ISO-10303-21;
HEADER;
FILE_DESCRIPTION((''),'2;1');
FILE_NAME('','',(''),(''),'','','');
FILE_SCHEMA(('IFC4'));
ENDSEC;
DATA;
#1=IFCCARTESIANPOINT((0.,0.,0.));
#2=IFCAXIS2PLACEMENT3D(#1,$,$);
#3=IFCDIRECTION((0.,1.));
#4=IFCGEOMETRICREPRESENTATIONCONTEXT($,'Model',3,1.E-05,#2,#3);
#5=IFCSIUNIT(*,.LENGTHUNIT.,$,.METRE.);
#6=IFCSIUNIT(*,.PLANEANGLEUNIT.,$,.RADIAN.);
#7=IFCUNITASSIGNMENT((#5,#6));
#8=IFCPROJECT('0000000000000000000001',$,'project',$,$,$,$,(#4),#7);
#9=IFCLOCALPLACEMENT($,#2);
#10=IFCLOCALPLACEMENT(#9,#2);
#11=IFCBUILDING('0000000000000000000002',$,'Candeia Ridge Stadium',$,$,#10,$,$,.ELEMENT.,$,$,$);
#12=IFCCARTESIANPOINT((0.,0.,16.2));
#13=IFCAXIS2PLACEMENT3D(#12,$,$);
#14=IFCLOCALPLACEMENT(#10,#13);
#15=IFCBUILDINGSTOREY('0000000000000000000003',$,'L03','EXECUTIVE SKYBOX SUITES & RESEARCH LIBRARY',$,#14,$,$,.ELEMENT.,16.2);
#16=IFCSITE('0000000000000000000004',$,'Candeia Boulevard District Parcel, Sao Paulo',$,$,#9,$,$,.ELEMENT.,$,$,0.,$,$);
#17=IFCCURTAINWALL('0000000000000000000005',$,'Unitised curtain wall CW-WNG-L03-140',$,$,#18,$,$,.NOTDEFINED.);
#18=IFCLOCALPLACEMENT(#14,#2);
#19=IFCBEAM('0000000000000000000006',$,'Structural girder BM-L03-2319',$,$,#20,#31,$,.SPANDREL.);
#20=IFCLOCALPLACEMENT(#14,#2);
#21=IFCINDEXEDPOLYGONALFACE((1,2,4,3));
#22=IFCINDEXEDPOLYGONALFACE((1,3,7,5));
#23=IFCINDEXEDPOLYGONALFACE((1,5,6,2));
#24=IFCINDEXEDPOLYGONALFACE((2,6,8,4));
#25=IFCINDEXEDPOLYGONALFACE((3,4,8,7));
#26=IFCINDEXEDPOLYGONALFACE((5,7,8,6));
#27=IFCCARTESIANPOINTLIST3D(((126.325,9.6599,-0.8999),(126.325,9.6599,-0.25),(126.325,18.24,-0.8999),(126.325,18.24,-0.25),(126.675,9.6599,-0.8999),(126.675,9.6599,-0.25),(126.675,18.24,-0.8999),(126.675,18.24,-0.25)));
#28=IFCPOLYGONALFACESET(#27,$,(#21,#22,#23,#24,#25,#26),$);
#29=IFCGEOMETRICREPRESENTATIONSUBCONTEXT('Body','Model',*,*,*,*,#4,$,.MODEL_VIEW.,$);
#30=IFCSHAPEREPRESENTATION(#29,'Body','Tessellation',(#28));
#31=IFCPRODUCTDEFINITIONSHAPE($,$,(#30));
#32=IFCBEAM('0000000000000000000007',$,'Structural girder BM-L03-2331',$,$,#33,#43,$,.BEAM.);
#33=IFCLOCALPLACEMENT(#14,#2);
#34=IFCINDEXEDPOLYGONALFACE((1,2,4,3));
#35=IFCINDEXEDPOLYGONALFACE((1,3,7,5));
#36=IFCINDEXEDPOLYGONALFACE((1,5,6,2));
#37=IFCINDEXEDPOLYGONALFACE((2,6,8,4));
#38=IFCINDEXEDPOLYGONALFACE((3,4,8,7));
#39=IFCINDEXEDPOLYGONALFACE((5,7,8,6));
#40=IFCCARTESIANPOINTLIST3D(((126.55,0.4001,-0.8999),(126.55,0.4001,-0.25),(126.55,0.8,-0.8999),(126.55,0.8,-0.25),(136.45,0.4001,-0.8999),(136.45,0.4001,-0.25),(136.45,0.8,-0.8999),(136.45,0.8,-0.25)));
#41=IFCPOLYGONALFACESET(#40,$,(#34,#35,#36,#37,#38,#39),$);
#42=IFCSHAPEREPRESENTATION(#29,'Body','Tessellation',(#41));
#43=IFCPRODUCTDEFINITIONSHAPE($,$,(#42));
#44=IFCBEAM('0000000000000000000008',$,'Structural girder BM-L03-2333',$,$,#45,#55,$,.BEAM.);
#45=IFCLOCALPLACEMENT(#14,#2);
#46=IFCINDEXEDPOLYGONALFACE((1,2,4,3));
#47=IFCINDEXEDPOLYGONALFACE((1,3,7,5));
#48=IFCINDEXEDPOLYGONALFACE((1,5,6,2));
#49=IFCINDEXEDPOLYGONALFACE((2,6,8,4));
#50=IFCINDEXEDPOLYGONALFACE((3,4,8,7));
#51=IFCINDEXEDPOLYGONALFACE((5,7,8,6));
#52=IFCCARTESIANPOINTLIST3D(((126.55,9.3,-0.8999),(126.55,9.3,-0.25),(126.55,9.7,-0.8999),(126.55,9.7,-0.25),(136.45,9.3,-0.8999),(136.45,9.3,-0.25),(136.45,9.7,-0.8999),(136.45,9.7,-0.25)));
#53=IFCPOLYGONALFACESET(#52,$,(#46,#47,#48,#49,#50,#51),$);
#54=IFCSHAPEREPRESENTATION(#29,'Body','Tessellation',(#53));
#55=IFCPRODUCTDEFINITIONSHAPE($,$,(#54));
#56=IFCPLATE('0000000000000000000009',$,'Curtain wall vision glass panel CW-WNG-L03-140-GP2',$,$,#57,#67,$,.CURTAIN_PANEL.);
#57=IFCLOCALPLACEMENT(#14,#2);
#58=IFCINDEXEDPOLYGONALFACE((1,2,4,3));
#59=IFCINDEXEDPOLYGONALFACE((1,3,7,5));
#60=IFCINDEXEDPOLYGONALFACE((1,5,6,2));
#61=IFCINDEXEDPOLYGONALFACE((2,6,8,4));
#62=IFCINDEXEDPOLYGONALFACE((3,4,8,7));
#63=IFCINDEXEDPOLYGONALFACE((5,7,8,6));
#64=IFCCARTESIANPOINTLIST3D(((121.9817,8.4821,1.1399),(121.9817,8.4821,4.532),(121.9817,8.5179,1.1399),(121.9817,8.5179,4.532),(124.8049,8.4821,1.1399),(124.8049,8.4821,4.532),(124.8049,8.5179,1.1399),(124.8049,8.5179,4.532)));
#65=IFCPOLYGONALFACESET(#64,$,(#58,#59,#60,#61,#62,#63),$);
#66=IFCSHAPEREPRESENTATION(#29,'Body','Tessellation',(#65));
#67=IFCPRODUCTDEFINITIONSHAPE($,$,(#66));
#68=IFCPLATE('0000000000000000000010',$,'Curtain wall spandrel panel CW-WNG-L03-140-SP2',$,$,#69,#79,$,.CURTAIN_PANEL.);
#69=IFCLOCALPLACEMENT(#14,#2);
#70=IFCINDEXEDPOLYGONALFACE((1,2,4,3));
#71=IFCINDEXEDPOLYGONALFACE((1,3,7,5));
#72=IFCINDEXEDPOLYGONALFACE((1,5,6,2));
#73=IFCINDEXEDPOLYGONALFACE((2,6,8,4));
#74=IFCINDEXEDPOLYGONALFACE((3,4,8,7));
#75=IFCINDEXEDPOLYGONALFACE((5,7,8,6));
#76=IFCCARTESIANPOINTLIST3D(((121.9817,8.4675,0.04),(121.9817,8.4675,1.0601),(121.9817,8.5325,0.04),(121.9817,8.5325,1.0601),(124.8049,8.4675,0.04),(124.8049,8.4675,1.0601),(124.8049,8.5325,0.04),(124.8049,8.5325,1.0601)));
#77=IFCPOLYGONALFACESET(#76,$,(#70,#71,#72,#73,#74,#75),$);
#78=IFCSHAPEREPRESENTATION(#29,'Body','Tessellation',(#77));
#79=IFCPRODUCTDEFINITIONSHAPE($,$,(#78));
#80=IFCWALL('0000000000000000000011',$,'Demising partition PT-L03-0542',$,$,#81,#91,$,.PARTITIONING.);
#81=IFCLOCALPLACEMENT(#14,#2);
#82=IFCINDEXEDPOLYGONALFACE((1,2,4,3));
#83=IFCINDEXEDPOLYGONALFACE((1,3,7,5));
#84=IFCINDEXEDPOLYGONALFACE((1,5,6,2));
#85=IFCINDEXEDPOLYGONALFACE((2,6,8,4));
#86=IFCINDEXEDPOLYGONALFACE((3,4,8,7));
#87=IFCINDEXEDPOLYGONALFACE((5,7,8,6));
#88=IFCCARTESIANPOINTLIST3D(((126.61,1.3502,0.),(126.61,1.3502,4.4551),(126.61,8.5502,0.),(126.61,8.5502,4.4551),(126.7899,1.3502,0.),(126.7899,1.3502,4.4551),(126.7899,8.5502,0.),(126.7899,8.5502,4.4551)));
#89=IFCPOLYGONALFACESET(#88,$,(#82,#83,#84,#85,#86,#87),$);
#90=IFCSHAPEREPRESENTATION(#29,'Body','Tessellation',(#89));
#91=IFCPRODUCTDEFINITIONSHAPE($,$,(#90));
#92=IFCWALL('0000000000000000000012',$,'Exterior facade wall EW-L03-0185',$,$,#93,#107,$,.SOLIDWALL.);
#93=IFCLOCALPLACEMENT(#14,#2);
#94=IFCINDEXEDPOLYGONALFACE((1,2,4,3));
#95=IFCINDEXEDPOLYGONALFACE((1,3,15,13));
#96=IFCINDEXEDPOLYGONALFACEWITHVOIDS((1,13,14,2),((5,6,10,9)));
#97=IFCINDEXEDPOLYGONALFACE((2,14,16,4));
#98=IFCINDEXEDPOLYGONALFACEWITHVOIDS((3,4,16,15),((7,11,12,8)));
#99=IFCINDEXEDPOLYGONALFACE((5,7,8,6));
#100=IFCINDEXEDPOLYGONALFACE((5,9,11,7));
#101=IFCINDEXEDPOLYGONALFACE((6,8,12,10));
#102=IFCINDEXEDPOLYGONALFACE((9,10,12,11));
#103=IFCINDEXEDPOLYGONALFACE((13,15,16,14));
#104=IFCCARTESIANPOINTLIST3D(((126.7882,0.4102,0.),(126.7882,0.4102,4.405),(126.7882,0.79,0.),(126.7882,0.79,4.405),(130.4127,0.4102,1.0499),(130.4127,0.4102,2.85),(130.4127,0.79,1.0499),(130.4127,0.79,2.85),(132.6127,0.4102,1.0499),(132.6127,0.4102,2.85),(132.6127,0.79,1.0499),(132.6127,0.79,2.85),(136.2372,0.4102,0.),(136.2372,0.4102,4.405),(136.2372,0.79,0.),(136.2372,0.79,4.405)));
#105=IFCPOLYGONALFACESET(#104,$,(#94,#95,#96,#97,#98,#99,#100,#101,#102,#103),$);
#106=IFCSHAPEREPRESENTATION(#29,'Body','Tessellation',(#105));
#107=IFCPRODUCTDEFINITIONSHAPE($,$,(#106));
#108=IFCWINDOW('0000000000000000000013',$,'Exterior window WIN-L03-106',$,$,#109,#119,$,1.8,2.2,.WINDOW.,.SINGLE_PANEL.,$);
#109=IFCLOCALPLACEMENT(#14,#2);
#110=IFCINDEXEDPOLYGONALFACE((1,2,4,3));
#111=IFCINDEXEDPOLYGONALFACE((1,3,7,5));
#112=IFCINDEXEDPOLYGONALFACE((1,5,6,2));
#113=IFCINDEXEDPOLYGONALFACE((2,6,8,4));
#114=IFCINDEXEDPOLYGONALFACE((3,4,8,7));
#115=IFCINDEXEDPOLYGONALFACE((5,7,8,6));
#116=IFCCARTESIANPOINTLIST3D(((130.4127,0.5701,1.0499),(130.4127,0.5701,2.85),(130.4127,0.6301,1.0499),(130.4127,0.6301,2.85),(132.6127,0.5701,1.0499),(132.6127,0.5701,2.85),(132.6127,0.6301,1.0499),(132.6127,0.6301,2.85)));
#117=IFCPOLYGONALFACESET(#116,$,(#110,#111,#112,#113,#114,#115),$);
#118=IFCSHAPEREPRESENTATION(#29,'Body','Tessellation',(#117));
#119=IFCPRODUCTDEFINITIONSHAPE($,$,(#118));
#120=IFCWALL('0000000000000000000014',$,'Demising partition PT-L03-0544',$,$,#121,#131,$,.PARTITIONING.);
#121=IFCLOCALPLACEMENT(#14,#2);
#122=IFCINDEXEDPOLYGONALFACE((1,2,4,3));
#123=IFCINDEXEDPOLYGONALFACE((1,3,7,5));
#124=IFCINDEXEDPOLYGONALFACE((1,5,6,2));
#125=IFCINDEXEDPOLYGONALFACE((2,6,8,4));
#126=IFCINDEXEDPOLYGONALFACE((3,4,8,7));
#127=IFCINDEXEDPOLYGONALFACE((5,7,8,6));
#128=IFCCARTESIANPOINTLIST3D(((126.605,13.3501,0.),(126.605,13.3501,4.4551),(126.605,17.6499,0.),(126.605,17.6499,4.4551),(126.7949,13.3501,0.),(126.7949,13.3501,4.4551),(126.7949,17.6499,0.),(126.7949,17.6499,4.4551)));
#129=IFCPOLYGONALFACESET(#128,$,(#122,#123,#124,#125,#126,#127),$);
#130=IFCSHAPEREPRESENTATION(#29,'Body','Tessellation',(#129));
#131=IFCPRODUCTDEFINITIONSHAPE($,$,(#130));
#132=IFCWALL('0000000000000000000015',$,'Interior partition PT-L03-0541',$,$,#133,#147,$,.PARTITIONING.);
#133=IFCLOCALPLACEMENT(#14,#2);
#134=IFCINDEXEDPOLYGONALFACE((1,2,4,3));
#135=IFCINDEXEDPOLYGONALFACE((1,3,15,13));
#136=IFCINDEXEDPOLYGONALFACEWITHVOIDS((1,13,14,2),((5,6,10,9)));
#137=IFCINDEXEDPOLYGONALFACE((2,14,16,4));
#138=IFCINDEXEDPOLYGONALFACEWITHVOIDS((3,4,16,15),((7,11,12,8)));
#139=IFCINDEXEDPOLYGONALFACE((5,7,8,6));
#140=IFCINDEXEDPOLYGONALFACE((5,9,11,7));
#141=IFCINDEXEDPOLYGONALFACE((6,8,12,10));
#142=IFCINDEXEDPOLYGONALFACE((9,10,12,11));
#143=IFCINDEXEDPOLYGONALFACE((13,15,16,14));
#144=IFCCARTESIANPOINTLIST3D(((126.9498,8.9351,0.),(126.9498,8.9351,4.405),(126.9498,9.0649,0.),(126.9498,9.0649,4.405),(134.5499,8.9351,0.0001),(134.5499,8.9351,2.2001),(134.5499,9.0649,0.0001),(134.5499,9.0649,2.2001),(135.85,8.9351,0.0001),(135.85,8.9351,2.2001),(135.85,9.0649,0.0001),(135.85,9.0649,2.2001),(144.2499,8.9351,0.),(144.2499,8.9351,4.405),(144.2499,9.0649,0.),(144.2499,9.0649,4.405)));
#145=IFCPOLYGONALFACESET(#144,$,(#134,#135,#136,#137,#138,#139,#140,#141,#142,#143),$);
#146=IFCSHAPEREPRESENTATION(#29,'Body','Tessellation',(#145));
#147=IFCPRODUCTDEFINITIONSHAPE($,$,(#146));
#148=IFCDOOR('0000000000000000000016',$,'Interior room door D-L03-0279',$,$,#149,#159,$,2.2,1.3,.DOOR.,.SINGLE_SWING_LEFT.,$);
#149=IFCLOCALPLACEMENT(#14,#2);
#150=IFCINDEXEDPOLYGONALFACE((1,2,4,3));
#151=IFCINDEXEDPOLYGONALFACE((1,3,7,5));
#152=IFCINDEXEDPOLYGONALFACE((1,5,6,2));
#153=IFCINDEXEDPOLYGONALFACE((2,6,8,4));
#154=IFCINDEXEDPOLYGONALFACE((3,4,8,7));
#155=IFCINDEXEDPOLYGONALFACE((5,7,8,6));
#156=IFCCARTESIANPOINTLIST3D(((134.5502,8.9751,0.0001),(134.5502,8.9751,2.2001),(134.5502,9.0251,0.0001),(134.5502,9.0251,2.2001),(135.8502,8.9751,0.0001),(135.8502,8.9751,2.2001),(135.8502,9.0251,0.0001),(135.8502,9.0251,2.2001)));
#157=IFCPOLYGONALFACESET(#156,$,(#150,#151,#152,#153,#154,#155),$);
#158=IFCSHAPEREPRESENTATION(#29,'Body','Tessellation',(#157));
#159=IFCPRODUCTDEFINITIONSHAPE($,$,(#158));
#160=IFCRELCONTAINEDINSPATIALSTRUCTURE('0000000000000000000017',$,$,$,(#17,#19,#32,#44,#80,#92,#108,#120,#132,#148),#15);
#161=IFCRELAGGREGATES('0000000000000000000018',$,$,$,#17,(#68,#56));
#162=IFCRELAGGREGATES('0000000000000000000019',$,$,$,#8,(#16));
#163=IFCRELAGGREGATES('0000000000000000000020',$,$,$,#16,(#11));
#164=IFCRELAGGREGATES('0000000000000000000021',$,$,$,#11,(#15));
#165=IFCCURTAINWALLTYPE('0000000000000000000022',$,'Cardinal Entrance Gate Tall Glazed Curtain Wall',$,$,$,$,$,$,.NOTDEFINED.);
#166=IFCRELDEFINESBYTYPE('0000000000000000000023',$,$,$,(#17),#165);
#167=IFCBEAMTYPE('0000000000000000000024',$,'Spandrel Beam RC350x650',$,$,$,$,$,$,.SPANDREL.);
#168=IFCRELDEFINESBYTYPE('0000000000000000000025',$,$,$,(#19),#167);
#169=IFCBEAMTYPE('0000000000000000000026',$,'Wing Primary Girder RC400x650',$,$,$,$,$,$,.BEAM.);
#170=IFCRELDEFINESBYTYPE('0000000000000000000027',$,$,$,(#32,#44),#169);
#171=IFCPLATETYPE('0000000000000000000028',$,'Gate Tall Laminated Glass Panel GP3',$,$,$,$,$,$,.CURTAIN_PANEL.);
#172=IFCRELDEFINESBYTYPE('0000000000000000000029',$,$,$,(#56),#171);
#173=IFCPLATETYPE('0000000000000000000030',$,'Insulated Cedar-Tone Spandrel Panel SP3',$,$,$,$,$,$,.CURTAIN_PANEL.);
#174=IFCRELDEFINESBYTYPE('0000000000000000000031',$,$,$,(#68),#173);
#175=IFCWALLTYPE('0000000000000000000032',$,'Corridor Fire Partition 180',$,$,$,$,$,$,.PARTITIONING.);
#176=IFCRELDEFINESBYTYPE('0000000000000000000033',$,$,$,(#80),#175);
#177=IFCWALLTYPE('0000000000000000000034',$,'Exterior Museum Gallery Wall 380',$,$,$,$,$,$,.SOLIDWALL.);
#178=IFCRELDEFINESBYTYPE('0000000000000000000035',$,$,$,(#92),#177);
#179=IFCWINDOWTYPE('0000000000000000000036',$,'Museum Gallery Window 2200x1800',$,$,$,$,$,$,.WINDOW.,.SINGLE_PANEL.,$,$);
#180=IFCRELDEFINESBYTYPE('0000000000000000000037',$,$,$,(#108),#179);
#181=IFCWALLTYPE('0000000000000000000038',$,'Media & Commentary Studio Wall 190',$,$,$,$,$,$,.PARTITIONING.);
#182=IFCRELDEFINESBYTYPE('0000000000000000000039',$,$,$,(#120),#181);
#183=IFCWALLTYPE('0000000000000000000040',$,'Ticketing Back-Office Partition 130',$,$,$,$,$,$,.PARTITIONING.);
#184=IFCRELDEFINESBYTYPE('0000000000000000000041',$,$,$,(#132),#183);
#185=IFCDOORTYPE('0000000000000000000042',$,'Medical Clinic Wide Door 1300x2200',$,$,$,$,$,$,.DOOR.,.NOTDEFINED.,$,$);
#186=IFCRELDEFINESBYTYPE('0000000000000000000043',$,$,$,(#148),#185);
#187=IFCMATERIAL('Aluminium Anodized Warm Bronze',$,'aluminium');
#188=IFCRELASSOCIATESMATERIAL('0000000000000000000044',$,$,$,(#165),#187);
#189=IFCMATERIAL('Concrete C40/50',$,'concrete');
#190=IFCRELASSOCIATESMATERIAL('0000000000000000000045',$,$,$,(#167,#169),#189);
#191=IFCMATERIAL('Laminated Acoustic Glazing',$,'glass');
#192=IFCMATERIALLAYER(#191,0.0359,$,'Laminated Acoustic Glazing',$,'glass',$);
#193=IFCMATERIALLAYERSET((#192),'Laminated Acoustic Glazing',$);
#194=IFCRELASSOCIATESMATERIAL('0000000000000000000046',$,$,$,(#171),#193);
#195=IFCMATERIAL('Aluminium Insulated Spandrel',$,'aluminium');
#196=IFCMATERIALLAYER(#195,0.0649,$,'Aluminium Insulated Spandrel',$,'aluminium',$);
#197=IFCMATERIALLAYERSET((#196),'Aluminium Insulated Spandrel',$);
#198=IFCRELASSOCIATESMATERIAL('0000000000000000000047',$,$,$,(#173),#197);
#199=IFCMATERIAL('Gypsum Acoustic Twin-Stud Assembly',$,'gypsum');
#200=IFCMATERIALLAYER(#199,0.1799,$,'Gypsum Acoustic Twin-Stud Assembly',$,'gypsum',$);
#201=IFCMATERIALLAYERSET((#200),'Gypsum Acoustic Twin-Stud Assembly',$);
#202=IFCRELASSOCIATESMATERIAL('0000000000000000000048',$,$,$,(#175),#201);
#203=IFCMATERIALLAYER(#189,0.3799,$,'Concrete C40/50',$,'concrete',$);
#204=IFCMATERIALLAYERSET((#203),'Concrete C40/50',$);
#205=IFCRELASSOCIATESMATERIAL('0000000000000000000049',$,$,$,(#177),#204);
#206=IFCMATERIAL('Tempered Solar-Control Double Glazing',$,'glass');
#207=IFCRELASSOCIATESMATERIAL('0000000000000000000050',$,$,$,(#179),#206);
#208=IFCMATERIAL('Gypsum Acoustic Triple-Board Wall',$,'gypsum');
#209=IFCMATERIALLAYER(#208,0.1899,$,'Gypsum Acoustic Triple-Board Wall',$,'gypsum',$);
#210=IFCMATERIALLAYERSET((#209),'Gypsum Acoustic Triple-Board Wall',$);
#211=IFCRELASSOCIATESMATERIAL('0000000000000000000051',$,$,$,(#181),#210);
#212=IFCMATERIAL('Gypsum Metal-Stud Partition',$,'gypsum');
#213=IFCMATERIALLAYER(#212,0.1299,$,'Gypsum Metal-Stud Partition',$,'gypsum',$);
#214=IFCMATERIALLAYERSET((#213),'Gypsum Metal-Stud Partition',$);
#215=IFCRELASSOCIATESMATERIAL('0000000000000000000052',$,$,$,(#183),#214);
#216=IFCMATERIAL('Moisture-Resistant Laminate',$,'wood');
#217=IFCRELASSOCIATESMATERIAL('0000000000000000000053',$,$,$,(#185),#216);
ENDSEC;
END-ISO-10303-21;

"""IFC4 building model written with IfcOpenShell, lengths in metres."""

from ifc_helpers import new_model, si_unit, direction, frame, frame_2d, origin, origin_2d, place, context, subcontext, project, spatial, rectangle, extrude, material, layer, layer_set, material_profile, profile_set, type_object, element, fill, aggregate, save


model = new_model("IFC4")

# Units and contexts
model_context = context("Model", 3, precision=1e-05, world=origin(), true_north=direction((0.0, 1.0)))
body_context = subcontext(model_context, "Body", "Model", "MODEL_VIEW")
ifc_project = project(units=[si_unit("LENGTHUNIT", "METRE"), si_unit("PLANEANGLEUNIT", "RADIAN")], contexts=[model_context])

# Site, building, storey
site_placement = place(None, origin())
site = spatial("IfcSite", under=ifc_project, at=site_placement, Name="Candeia Boulevard District Parcel, Sao Paulo", CompositionType="ELEMENT", RefElevation=0.0)
building_placement = place(site_placement, origin())
building = spatial("IfcBuilding", under=site, at=building_placement, Name="Candeia Ridge Stadium", CompositionType="ELEMENT")
storey_placement = place(building_placement, frame((0.0, 0.0, 16.2)))
storey = spatial("IfcBuildingStorey", under=building, at=storey_placement, Name="L03", Description="EXECUTIVE SKYBOX SUITES & RESEARCH LIBRARY", CompositionType="ELEMENT", Elevation=16.2)

# Shared definitions
ifc_material_1 = material(Name="Concrete C40/50", Category="concrete")

# Curtain wall
ifc_material_2 = material(Name="Aluminium Anodized Warm Bronze", Category="aluminium")
curtain_wall_type = type_object("IfcCurtainWallType", Name="Cardinal Entrance Gate Tall Glazed Curtain Wall", PredefinedType="NOTDEFINED", material=ifc_material_2)
curtain_wall_placement = place(storey_placement, origin())
curtain_wall = element("IfcCurtainWall", 1, at=curtain_wall_placement, inside=storey, type_object=curtain_wall_type, Name="Unitised curtain wall CW-WNG-L03-140", PredefinedType="NOTDEFINED")

# Beams
ifc_material_profile_1 = material_profile(ifc_material_1, rectangle(XDim=0.3501, YDim=0.6499, at=origin_2d()), Name="RC350x650", Category="concrete")
ifc_profile_set_1 = profile_set([ifc_material_profile_1], Name="Concrete C40/50")
beam_type_1 = type_object("IfcBeamType", Name="Spandrel Beam RC350x650", PredefinedType="SPANDREL", material=ifc_profile_set_1)
for number, where, z_axis, x_axis, name in (
    (2, (126.5, 9.6599, -0.575), (0.0, 1.0, 0.0), (-1.0, 0.0, 0.0), "Structural girder BM-L03-2319"),
):
    element("IfcBeam", number, at=place(storey_placement, frame(where, z_axis=z_axis, x_axis=x_axis)), inside=storey, type_object=beam_type_1, Name=name, PredefinedType="SPANDREL", context=body_context, shape_type="SweptSolid", body=[
        extrude(rectangle(XDim=0.3501, YDim=0.6499, at=origin_2d()), origin(), (0.0, 0.0, 1.0), 8.5801),
    ])
ifc_material_profile_2 = material_profile(ifc_material_1, rectangle(XDim=0.3999, YDim=0.6499, at=origin_2d()), Name="RC400x650", Category="concrete")
ifc_profile_set_2 = profile_set([ifc_material_profile_2], Name="Concrete C40/50")
beam_type_2 = type_object("IfcBeamType", Name="Wing Primary Girder RC400x650", PredefinedType="BEAM", material=ifc_profile_set_2)
for number, where, z_axis, x_axis, name in (
    (3, (126.55, 0.6001, -0.575), (1.0, 0.0, 0.0), (0.0, 1.0, 0.0), "Structural girder BM-L03-2331"),
    (4, (126.55, 9.5, -0.575), (1.0, 0.0, 0.0), (0.0, 1.0, 0.0), "Structural girder BM-L03-2333"),
):
    element("IfcBeam", number, at=place(storey_placement, frame(where, z_axis=z_axis, x_axis=x_axis)), inside=storey, type_object=beam_type_2, Name=name, PredefinedType="BEAM", context=body_context, shape_type="SweptSolid", body=[
        extrude(rectangle(XDim=0.3999, YDim=0.6499, at=origin_2d()), origin(), (0.0, 0.0, 1.0), 9.8999),
    ])

# Plates
ifc_material_3 = material(Name="Laminated Acoustic Glazing", Category="glass")
ifc_layer_1 = layer(ifc_material_3, 0.0359, Name="Laminated Acoustic Glazing", Category="glass")
ifc_layer_set_1 = layer_set([ifc_layer_1], Name="Laminated Acoustic Glazing")
plate_type_1 = type_object("IfcPlateType", Name="Gate Tall Laminated Glass Panel GP3", PredefinedType="CURTAIN_PANEL", material=ifc_layer_set_1)
plate_1_placement = place(storey_placement, frame((123.3933, 8.5, 1.1399), z_axis=(0.0, 0.0, 1.0), x_axis=(1.0, 0.0, 0.0)))
plate_1 = element("IfcPlate", 5, at=plate_1_placement, type_object=plate_type_1, Name="Curtain wall vision glass panel CW-WNG-L03-140-GP2", PredefinedType="CURTAIN_PANEL", context=body_context, shape_type="SweptSolid", body=[
    extrude(rectangle(XDim=2.8232, YDim=0.0359, at=origin_2d()), origin(), (0.0, 0.0, 1.0), 3.3921),
])
ifc_material_4 = material(Name="Aluminium Insulated Spandrel", Category="aluminium")
ifc_layer_2 = layer(ifc_material_4, 0.0649, Name="Aluminium Insulated Spandrel", Category="aluminium")
ifc_layer_set_2 = layer_set([ifc_layer_2], Name="Aluminium Insulated Spandrel")
plate_type_2 = type_object("IfcPlateType", Name="Insulated Cedar-Tone Spandrel Panel SP3", PredefinedType="CURTAIN_PANEL", material=ifc_layer_set_2)
plate_2_placement = place(storey_placement, frame((123.3933, 8.5, 0.04), z_axis=(0.0, 0.0, 1.0), x_axis=(1.0, 0.0, 0.0)))
plate_2 = element("IfcPlate", 6, at=plate_2_placement, type_object=plate_type_2, Name="Curtain wall spandrel panel CW-WNG-L03-140-SP2", PredefinedType="CURTAIN_PANEL", context=body_context, shape_type="SweptSolid", body=[
    extrude(rectangle(XDim=2.8232, YDim=0.0649, at=origin_2d()), origin(), (0.0, 0.0, 1.0), 1.02),
])
aggregate(curtain_wall, [plate_2, plate_1])

# Wall
ifc_material_5 = material(Name="Gypsum Acoustic Twin-Stud Assembly", Category="gypsum")
ifc_layer_3 = layer(ifc_material_5, 0.1799, Name="Gypsum Acoustic Twin-Stud Assembly", Category="gypsum")
ifc_layer_set_3 = layer_set([ifc_layer_3], Name="Gypsum Acoustic Twin-Stud Assembly")
wall_type_1 = type_object("IfcWallType", Name="Corridor Fire Partition 180", PredefinedType="PARTITIONING", material=ifc_layer_set_3)
wall_1_placement = place(storey_placement, frame((126.7, 1.3501, 0.0), z_axis=(0.0, 0.0, 1.0), x_axis=(0.0, 1.0, 0.0)))
element("IfcWall", 7, at=wall_1_placement, inside=storey, type_object=wall_type_1, Name="Demising partition PT-L03-0542", PredefinedType="PARTITIONING", context=body_context, shape_type="SweptSolid", body=[
    extrude(rectangle(XDim=7.2, YDim=0.1799, at=frame_2d((3.6001, 0.0))), origin(), (0.0, 0.0, 1.0), 4.4551),
])

# Wall, opening, window
ifc_layer_4 = layer(ifc_material_1, 0.3799, Name="Concrete C40/50", Category="concrete")
ifc_layer_set_4 = layer_set([ifc_layer_4], Name="Concrete C40/50")
wall_type_2 = type_object("IfcWallType", Name="Exterior Museum Gallery Wall 380", PredefinedType="SOLIDWALL", material=ifc_layer_set_4)
wall_2_placement = place(storey_placement, frame((126.7881, 0.6001, 0.0), z_axis=(0.0, 0.0, 1.0), x_axis=(1.0, 0.0, 0.0)))
wall_2 = element("IfcWall", 8, at=wall_2_placement, inside=storey, type_object=wall_type_2, Name="Exterior facade wall EW-L03-0185", PredefinedType="SOLIDWALL", context=body_context, shape_type="SweptSolid", body=[
    extrude(rectangle(XDim=9.449, YDim=0.3799, at=frame_2d((4.7246, 0.0))), origin(), (0.0, 0.0, 1.0), 4.405),
])
opening_1_placement = place(wall_2_placement, frame((3.6245, 0.0, 1.05)))
opening_1 = element("IfcOpeningElement", 9, at=opening_1_placement, cuts=wall_2, PredefinedType="OPENING", context=body_context, shape_type="SweptSolid", body=[
    extrude(rectangle(XDim=2.2, YDim=1.8, at=frame_2d((1.1001, 0.8999))), frame((0.0, 0.2, 0.0), z_axis=(0.0, -1.0, 0.0), x_axis=(1.0, 0.0, 0.0)), (0.0, 0.0, 1.0), 0.3999),
])
ifc_material_6 = material(Name="Tempered Solar-Control Double Glazing", Category="glass")
window_type = type_object("IfcWindowType", Name="Museum Gallery Window 2200x1800", PartitioningType="SINGLE_PANEL", PredefinedType="WINDOW", material=ifc_material_6)
window_placement = place(opening_1_placement, origin())
window = element("IfcWindow", 10, at=window_placement, inside=storey, type_object=window_type, Name="Exterior window WIN-L03-106", OverallHeight=1.8, OverallWidth=2.2, PartitioningType="SINGLE_PANEL", PredefinedType="WINDOW", context=body_context, shape_type="SweptSolid", body=[
    extrude(rectangle(XDim=2.2, YDim=1.8, at=frame_2d((1.1001, 0.8999))), frame((0.0, 0.03, 0.0), z_axis=(0.0, -1.0, 0.0), x_axis=(1.0, 0.0, 0.0)), (0.0, 0.0, 1.0), 0.0601),
])
fill(opening_1, window)

# Wall
ifc_material_7 = material(Name="Gypsum Acoustic Triple-Board Wall", Category="gypsum")
ifc_layer_5 = layer(ifc_material_7, 0.1899, Name="Gypsum Acoustic Triple-Board Wall", Category="gypsum")
ifc_layer_set_5 = layer_set([ifc_layer_5], Name="Gypsum Acoustic Triple-Board Wall")
wall_type_3 = type_object("IfcWallType", Name="Media & Commentary Studio Wall 190", PredefinedType="PARTITIONING", material=ifc_layer_set_5)
wall_3_placement = place(storey_placement, frame((126.7, 13.3501, 0.0), z_axis=(0.0, 0.0, 1.0), x_axis=(0.0, 1.0, 0.0)))
element("IfcWall", 11, at=wall_3_placement, inside=storey, type_object=wall_type_3, Name="Demising partition PT-L03-0544", PredefinedType="PARTITIONING", context=body_context, shape_type="SweptSolid", body=[
    extrude(rectangle(XDim=4.2998, YDim=0.1899, at=frame_2d((2.1499, 0.0))), origin(), (0.0, 0.0, 1.0), 4.4551),
])

# Wall, opening, door
ifc_material_8 = material(Name="Gypsum Metal-Stud Partition", Category="gypsum")
ifc_layer_6 = layer(ifc_material_8, 0.1299, Name="Gypsum Metal-Stud Partition", Category="gypsum")
ifc_layer_set_6 = layer_set([ifc_layer_6], Name="Gypsum Metal-Stud Partition")
wall_type_4 = type_object("IfcWallType", Name="Ticketing Back-Office Partition 130", PredefinedType="PARTITIONING", material=ifc_layer_set_6)
wall_4_placement = place(storey_placement, frame((126.95, 9.0, 0.0), z_axis=(0.0, 0.0, 1.0), x_axis=(1.0, 0.0, 0.0)))
wall_4 = element("IfcWall", 12, at=wall_4_placement, inside=storey, type_object=wall_type_4, Name="Interior partition PT-L03-0541", PredefinedType="PARTITIONING", context=body_context, shape_type="SweptSolid", body=[
    extrude(rectangle(XDim=17.3, YDim=0.1299, at=frame_2d((8.6499, 0.0))), origin(), (0.0, 0.0, 1.0), 4.405),
])
opening_2_placement = place(wall_4_placement, frame((7.6001, 0.0, 0.0)))
opening_2 = element("IfcOpeningElement", 13, at=opening_2_placement, cuts=wall_4, PredefinedType="OPENING", context=body_context, shape_type="SweptSolid", body=[
    extrude(rectangle(XDim=1.3, YDim=2.2, at=frame_2d((0.6499, 1.1001))), frame((0.0, 0.075, 0.0), z_axis=(0.0, -1.0, 0.0), x_axis=(1.0, 0.0, 0.0)), (0.0, 0.0, 1.0), 0.1499),
])
ifc_material_9 = material(Name="Moisture-Resistant Laminate", Category="wood")
door_type = type_object("IfcDoorType", Name="Medical Clinic Wide Door 1300x2200", OperationType="NOTDEFINED", PredefinedType="DOOR", material=ifc_material_9)
door_placement = place(opening_2_placement, frame((1.3, 0.0, 0.0), z_axis=(0.0, 0.0, 1.0), x_axis=(-1.0, 0.0, 0.0)))
door = element("IfcDoor", 14, at=door_placement, inside=storey, type_object=door_type, Name="Interior room door D-L03-0279", OperationType="SINGLE_SWING_LEFT", OverallHeight=2.2, OverallWidth=1.3, PredefinedType="DOOR", context=body_context, shape_type="SweptSolid", body=[
    extrude(rectangle(XDim=1.3, YDim=2.2, at=frame_2d((0.6499, 1.1001))), frame((0.0, 0.0249, 0.0), z_axis=(0.0, -1.0, 0.0), x_axis=(1.0, 0.0, 0.0)), (0.0, 0.0, 1.0), 0.05),
])
fill(opening_2, door)

save(model, "model.ifc")
